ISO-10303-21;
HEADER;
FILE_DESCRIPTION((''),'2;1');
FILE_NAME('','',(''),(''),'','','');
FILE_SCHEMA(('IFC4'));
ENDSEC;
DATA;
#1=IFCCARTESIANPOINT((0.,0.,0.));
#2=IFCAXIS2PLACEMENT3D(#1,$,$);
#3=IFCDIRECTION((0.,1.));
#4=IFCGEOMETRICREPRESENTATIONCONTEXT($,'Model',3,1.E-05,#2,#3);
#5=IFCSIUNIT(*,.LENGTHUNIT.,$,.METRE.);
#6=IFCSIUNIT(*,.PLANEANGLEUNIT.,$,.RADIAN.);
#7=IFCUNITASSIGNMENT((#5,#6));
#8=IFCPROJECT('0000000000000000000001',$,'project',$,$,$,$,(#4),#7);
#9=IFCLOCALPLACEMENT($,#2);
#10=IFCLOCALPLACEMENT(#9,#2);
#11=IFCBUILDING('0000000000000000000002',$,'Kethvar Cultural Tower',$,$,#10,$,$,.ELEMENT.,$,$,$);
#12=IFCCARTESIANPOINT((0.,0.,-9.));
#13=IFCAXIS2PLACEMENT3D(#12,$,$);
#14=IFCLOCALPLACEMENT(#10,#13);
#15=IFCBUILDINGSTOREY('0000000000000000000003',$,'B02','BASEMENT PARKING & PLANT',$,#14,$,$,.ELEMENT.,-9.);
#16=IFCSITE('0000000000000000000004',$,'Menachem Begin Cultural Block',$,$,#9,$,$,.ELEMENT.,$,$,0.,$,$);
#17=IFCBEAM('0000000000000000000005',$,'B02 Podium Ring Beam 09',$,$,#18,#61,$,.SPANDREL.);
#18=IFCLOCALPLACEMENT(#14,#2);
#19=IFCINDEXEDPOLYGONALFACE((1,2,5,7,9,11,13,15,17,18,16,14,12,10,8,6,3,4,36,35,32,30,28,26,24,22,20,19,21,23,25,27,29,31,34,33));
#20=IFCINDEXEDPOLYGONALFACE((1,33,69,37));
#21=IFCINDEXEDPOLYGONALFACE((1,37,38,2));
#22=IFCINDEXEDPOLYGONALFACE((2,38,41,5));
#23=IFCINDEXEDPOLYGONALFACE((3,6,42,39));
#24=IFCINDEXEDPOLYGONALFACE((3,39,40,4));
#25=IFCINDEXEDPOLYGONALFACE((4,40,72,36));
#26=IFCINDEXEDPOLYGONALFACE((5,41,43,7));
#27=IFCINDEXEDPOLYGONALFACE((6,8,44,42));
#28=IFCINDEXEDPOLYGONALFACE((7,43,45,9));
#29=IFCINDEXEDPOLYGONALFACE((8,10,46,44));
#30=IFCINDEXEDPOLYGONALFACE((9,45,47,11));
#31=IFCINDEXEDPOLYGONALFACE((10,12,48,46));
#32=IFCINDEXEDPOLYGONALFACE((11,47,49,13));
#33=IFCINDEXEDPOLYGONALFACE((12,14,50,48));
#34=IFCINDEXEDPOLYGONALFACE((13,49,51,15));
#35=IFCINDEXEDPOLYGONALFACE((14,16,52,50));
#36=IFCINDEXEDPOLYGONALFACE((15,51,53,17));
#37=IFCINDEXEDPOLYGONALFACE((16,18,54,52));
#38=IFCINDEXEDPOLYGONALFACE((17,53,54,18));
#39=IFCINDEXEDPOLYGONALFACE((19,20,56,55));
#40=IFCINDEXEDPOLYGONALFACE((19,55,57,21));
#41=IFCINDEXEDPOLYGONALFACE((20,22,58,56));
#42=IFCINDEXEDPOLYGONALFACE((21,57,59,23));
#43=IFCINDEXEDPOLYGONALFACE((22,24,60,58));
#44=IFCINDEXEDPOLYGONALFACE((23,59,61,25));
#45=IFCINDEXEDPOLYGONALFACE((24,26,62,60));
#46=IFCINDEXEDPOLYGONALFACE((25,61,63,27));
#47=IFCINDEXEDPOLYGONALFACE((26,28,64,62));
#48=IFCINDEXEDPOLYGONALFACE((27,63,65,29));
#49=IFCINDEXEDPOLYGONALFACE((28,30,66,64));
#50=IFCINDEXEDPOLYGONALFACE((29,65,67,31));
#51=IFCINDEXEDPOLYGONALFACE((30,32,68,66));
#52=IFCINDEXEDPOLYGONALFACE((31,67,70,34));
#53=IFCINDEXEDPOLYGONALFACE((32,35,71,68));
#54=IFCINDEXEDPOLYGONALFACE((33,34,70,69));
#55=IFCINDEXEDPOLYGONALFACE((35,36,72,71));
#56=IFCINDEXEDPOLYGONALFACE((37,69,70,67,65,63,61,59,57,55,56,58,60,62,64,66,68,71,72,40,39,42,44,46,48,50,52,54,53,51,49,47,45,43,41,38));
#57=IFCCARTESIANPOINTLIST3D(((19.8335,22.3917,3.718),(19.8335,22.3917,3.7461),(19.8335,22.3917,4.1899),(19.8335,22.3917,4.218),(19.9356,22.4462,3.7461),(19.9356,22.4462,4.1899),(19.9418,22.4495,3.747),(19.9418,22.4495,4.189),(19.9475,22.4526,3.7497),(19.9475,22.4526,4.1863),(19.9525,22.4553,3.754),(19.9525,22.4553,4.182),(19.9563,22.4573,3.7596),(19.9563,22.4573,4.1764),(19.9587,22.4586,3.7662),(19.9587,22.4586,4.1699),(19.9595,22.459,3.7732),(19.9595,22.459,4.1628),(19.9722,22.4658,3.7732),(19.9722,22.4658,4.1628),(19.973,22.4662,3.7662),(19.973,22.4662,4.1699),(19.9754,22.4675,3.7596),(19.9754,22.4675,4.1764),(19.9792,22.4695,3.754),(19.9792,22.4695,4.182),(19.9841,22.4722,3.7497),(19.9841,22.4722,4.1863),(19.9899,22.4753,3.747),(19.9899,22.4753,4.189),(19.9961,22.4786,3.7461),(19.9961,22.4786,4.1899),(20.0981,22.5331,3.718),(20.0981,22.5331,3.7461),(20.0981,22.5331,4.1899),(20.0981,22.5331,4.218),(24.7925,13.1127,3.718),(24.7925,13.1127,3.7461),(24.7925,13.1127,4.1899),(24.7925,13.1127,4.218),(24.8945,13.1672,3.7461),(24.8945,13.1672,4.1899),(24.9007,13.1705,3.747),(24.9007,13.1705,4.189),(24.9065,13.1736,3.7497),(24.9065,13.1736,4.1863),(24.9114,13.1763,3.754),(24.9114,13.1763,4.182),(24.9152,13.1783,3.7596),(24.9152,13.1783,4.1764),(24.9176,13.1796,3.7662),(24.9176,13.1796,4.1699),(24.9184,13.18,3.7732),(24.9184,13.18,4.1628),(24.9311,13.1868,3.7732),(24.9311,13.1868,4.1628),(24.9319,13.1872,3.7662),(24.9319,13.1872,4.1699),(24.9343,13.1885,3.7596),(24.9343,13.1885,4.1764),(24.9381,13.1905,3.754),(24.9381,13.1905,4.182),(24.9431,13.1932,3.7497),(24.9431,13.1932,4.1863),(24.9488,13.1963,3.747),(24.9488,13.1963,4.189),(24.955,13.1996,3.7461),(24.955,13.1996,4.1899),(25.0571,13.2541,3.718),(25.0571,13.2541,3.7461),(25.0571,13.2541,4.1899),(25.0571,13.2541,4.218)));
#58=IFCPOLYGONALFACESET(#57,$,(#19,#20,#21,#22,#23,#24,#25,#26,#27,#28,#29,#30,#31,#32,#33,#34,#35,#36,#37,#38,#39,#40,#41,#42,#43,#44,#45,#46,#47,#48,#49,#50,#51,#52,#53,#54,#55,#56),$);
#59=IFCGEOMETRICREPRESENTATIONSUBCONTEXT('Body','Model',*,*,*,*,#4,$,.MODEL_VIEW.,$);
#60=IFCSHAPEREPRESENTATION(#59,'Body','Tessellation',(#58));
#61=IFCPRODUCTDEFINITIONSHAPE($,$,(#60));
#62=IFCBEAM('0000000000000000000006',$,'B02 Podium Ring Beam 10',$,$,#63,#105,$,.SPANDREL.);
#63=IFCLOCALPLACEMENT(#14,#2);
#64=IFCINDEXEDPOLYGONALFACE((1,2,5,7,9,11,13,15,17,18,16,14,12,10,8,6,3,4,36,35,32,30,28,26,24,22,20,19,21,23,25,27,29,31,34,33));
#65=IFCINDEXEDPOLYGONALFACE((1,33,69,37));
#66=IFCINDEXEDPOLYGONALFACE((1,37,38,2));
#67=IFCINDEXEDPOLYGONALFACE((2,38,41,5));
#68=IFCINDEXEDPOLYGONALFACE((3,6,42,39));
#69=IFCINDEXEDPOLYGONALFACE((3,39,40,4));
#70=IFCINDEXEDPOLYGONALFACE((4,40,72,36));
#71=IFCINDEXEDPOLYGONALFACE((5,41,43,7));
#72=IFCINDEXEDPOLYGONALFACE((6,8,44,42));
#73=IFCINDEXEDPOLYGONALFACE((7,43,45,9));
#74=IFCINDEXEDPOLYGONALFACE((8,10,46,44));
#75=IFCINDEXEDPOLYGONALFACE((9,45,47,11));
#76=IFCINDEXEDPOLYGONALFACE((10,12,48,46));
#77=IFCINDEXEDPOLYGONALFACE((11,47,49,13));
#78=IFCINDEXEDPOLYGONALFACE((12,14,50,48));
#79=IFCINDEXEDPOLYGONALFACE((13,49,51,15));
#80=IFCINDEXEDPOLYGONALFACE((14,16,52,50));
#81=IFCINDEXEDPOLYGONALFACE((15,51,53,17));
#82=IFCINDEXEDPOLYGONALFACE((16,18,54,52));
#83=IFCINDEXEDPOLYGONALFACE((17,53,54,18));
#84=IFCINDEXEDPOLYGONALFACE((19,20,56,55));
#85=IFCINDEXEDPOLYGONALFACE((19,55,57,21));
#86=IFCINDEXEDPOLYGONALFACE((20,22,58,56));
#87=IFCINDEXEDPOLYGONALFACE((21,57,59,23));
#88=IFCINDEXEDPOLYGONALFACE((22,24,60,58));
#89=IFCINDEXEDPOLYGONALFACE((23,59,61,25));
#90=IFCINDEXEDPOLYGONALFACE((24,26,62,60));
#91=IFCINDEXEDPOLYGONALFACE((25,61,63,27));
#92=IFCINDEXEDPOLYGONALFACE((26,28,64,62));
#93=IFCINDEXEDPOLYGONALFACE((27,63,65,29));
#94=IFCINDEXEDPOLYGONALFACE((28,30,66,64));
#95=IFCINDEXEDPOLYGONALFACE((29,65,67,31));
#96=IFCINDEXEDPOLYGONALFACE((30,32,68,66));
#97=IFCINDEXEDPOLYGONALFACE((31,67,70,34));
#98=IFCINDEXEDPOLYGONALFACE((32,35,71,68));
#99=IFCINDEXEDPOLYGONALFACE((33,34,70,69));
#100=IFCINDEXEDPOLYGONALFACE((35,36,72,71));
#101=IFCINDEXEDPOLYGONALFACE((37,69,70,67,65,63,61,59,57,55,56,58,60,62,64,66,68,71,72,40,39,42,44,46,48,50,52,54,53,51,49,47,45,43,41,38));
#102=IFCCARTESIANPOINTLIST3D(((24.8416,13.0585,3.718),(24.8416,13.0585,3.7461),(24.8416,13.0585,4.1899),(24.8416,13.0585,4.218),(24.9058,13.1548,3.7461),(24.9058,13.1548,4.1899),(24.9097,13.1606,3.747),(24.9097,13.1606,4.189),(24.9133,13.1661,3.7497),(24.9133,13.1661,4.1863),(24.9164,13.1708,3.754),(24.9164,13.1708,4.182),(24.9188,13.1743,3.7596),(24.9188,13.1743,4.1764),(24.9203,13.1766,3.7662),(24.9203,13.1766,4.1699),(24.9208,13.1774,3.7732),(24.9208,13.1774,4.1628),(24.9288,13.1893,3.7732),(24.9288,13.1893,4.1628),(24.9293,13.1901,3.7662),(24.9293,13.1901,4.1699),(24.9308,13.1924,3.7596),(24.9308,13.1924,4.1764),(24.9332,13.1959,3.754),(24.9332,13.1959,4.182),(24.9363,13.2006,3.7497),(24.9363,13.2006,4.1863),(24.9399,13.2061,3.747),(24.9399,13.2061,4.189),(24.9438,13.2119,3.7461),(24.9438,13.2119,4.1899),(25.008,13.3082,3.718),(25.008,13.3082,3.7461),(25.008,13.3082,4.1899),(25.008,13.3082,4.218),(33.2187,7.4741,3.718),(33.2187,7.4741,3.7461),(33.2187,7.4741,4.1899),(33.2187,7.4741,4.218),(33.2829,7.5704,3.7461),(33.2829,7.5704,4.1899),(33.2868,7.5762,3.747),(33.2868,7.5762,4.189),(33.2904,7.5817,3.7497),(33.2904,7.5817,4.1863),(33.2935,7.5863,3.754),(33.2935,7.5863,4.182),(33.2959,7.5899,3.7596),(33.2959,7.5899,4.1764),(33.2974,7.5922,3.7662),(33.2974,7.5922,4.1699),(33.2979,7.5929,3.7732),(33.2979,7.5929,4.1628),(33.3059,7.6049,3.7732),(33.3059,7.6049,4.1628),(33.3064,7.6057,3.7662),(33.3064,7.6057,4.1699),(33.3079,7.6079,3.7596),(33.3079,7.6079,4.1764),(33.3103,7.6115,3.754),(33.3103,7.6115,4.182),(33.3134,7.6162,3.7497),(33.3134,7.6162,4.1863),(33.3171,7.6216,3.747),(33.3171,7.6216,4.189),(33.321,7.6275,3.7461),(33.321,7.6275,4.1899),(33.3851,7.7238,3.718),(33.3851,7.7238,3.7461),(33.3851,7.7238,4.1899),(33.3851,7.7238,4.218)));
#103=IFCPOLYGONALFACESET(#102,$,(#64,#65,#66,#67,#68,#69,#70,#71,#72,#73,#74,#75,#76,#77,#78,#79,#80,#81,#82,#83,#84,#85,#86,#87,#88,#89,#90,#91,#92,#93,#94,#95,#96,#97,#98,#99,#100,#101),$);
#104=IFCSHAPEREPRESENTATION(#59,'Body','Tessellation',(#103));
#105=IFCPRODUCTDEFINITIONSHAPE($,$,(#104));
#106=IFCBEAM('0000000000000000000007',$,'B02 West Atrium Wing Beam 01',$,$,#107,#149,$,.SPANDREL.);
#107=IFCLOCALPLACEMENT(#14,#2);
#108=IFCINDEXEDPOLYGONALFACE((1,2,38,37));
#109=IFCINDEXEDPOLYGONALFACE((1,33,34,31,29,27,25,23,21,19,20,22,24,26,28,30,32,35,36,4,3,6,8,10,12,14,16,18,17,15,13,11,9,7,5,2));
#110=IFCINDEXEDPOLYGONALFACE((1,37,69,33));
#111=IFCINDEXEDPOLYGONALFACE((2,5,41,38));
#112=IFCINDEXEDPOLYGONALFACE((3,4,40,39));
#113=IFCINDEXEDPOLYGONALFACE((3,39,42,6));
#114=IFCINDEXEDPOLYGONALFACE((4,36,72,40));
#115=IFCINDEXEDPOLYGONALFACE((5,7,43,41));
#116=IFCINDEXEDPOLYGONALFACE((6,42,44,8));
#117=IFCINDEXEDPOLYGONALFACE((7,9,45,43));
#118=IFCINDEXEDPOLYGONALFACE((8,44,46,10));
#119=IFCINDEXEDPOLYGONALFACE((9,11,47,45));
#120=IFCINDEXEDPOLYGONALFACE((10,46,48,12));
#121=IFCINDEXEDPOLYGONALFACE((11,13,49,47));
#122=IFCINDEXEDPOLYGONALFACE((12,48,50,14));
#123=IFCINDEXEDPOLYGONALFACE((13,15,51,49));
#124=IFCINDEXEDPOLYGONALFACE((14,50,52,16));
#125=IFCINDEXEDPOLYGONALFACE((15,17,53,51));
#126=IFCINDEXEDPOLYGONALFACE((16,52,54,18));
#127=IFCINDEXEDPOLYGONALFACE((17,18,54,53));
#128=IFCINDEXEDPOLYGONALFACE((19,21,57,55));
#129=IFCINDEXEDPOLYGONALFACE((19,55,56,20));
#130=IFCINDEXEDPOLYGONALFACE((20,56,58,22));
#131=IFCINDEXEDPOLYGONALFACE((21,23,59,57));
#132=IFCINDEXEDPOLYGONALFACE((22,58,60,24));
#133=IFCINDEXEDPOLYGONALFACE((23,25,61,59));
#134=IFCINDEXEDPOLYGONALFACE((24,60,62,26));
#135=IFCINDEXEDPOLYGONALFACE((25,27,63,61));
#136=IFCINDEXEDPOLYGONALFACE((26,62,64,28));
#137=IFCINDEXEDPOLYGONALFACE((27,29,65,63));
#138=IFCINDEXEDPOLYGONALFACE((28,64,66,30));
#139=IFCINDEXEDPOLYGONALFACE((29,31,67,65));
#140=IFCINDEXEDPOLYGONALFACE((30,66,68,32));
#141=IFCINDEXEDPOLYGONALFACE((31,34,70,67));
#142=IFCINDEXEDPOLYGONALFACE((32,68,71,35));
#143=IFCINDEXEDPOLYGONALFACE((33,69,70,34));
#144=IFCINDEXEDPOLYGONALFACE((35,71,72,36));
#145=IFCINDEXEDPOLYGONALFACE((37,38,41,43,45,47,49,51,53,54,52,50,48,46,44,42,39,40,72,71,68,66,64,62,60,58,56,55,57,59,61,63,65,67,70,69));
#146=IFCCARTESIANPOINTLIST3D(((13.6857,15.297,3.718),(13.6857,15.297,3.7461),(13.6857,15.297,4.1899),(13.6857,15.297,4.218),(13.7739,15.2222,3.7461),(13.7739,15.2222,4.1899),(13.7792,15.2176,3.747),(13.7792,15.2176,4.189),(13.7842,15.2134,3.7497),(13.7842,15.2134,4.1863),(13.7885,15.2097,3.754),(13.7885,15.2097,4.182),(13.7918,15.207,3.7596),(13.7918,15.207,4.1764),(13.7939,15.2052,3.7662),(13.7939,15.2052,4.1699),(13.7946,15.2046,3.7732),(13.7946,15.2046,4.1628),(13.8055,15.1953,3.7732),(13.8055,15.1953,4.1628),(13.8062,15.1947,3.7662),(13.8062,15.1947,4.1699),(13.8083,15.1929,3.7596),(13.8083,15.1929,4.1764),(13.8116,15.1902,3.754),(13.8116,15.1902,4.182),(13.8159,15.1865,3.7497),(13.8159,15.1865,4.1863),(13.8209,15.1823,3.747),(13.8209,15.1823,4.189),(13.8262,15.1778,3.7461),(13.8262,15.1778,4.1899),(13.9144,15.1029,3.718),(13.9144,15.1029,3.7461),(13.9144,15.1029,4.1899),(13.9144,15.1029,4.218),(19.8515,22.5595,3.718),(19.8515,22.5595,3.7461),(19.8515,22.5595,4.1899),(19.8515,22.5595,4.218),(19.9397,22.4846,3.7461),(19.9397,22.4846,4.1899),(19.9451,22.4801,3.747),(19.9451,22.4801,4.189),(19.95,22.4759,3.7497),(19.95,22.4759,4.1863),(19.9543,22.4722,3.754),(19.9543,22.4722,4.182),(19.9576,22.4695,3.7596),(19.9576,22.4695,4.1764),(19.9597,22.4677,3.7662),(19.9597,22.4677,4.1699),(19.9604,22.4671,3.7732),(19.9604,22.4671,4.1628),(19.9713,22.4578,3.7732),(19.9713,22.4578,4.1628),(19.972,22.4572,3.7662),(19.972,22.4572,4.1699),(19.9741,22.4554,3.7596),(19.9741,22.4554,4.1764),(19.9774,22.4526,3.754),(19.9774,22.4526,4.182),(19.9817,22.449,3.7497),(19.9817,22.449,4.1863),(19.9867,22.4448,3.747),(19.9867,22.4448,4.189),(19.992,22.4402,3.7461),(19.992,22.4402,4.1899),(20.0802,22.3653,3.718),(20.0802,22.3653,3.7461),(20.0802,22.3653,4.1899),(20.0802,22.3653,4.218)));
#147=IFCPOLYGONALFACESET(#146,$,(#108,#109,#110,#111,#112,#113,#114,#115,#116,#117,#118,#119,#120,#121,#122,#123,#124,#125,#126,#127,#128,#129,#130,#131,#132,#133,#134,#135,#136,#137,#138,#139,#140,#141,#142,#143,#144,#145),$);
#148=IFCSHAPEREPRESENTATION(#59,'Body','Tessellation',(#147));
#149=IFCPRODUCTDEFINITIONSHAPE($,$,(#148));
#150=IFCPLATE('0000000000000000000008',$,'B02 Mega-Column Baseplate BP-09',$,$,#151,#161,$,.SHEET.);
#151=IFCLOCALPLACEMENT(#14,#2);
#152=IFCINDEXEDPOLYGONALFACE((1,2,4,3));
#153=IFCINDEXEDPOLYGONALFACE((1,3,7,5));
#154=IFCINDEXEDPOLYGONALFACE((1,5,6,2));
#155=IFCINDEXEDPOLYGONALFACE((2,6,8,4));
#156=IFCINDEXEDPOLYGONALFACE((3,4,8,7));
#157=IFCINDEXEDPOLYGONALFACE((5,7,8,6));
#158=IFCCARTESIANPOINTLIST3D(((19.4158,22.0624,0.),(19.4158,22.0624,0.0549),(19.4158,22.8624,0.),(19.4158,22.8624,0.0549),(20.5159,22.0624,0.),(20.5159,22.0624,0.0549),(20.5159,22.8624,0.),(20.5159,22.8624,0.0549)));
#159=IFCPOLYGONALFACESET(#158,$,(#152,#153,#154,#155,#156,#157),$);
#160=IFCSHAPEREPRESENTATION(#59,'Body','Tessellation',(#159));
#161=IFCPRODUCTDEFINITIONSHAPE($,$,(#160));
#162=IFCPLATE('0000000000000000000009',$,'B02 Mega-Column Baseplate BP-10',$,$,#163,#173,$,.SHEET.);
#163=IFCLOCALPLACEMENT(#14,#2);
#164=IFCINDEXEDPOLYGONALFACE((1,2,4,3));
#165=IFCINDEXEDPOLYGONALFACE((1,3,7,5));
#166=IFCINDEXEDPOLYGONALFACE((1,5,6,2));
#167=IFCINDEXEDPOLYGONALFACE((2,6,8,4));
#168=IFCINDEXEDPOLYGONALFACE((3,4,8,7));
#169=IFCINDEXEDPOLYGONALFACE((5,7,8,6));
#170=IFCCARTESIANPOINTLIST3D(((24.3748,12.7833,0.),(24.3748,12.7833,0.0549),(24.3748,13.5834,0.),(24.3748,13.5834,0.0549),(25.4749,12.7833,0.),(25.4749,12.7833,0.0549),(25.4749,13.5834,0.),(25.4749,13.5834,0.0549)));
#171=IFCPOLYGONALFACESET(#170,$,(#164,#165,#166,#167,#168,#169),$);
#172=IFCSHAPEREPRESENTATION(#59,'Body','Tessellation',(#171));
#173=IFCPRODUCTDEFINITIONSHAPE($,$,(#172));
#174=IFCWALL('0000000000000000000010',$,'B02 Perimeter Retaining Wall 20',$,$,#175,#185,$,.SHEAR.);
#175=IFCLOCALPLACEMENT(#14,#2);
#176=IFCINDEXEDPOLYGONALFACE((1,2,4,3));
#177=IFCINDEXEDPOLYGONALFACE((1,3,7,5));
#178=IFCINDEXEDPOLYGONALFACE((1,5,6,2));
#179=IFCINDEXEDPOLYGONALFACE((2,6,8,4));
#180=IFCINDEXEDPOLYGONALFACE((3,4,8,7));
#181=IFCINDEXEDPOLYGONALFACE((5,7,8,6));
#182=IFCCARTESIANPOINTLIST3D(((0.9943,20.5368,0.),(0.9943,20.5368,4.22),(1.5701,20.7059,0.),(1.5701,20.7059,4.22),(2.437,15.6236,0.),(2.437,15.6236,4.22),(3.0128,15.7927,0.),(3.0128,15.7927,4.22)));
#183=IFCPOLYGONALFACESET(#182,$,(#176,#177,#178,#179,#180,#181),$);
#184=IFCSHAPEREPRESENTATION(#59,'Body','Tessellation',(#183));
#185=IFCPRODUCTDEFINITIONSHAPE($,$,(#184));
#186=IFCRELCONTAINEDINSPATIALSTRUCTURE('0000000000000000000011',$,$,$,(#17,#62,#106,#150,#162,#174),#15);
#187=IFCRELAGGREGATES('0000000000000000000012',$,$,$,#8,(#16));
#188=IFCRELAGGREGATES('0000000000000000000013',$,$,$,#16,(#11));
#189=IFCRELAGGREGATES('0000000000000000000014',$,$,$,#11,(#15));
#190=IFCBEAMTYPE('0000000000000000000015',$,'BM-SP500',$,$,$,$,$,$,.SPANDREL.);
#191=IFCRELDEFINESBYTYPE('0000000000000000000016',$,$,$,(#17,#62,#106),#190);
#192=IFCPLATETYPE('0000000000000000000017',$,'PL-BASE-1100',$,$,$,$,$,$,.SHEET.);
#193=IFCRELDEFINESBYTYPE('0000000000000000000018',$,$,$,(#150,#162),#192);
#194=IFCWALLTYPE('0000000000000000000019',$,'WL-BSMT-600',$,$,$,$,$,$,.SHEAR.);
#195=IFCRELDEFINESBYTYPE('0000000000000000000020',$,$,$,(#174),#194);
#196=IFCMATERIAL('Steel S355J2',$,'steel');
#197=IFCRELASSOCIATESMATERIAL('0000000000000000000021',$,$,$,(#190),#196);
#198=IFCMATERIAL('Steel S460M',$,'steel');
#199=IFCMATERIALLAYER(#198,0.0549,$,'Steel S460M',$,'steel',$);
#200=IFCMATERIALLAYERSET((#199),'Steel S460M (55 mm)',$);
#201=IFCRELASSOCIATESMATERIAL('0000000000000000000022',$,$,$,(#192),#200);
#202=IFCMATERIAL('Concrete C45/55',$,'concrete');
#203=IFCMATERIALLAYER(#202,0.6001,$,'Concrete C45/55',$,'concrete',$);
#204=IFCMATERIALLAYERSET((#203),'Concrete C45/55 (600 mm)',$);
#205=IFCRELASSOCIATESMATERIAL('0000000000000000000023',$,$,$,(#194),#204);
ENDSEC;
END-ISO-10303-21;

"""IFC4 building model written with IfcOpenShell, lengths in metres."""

from ifc_helpers import new_model, si_unit, direction, frame, frame_2d, origin, origin_2d, place, context, subcontext, project, spatial, rectangle, i_section, extrude, source, transform, mapped, material, layer, layer_set, material_profile, profile_set, type_object, element, save


model = new_model("IFC4")

# Units and contexts
model_context = context("Model", 3, precision=1e-05, world=origin(), true_north=direction((0.0, 1.0)))
body_context = subcontext(model_context, "Body", "Model", "MODEL_VIEW")
ifc_project = project(units=[si_unit("LENGTHUNIT", "METRE"), si_unit("PLANEANGLEUNIT", "RADIAN")], contexts=[model_context])

# Site, building, storey
site_placement = place(None, origin())
site = spatial("IfcSite", under=ifc_project, at=site_placement, Name="Menachem Begin Cultural Block", CompositionType="ELEMENT", RefElevation=0.0)
building_placement = place(site_placement, origin())
building = spatial("IfcBuilding", under=site, at=building_placement, Name="Kethvar Cultural Tower", CompositionType="ELEMENT")
storey_placement = place(building_placement, frame((0.0, 0.0, -9.0)))
storey = spatial("IfcBuildingStorey", under=building, at=storey_placement, Name="B02", Description="BASEMENT PARKING & PLANT", CompositionType="ELEMENT", Elevation=-9.0)

# Shared definitions
ifc_material_1 = material(Name="Concrete C45/55", Category="concrete")

# Shared definitions
ifc_material_2 = material(Name="Steel S460M", Category="steel")
ifc_material_3 = material(Name="Steel S355J2", Category="steel")

# Beams
ifc_material_profile_1 = material_profile(ifc_material_3, i_section(OverallWidth=0.3, OverallDepth=0.5, WebThickness=0.0144, FlangeThickness=0.0281, FilletRadius=0.0271, at=origin_2d()), Name="Steel S355J2 — HEB500")
ifc_profile_set_1 = profile_set([ifc_material_profile_1], Name="Steel S355J2 — HEB500")
beam_type = type_object("IfcBeamType", Name="BM-SP500", PredefinedType="SPANDREL", material=ifc_profile_set_1)
shared_shape_1 = source(origin(), body_context, "Body", "SweptSolid", [
    extrude(i_section(OverallWidth=0.3, OverallDepth=0.5, WebThickness=0.0144, FlangeThickness=0.0281, FilletRadius=0.0271, at=origin_2d()), origin(), (0.0, 0.0, 1.0), 10.521),
])
beam_1_placement = place(storey_placement, frame((19.9658, 22.4624, 3.968), z_axis=(0.47134, -0.881952, 0.0), x_axis=(0.881952, 0.47134, 0.0)))
element("IfcBeam", 1, at=beam_1_placement, inside=storey, type_object=beam_type, Name="B02 Podium Ring Beam 09", PredefinedType="SPANDREL", context=body_context, shape_type="MappedRepresentation", body=[
    mapped(shared_shape_1, transform((0.0, 0.0, 0.0), scale=1.0)),
])
shared_shape_2 = source(origin(), body_context, "Body", "SweptSolid", [
    extrude(i_section(OverallWidth=0.3, OverallDepth=0.5, WebThickness=0.0144, FlangeThickness=0.0281, FilletRadius=0.0271, at=origin_2d()), origin(), (0.0, 0.0, 1.0), 10.0679),
])
beam_2_placement = place(storey_placement, frame((24.9248, 13.1833, 3.968), z_axis=(0.832065, -0.554678, 0.0), x_axis=(0.554678, 0.832065, 0.0)))
element("IfcBeam", 2, at=beam_2_placement, inside=storey, type_object=beam_type, Name="B02 Podium Ring Beam 10", PredefinedType="SPANDREL", context=body_context, shape_type="MappedRepresentation", body=[
    mapped(shared_shape_2, transform((0.0, 0.0, 0.0), scale=1.0)),
])
shared_shape_3 = source(origin(), body_context, "Body", "SweptSolid", [
    extrude(i_section(OverallWidth=0.3, OverallDepth=0.5, WebThickness=0.0144, FlangeThickness=0.0281, FilletRadius=0.0271, at=origin_2d()), origin(), (0.0, 0.0, 1.0), 9.5269),
])
beam_3_placement = place(storey_placement, frame((13.8, 15.2, 3.968), z_axis=(0.647203, 0.762318, 0.0), x_axis=(-0.762318, 0.647203, 0.0)))
element("IfcBeam", 3, at=beam_3_placement, inside=storey, type_object=beam_type, Name="B02 West Atrium Wing Beam 01", PredefinedType="SPANDREL", context=body_context, shape_type="MappedRepresentation", body=[
    mapped(shared_shape_3, transform((0.0, 0.0, 0.0), scale=1.0)),
])

# Plates
ifc_layer_1 = layer(ifc_material_2, 0.0549, Name="Steel S460M", Category="steel")
ifc_layer_set_1 = layer_set([ifc_layer_1], Name="Steel S460M (55 mm)")
plate_type = type_object("IfcPlateType", Name="PL-BASE-1100", PredefinedType="SHEET", material=ifc_layer_set_1)
shared_shape_4 = source(origin(), body_context, "Body", "SweptSolid", [
    extrude(rectangle(XDim=1.1001, YDim=0.8, at=origin_2d()), origin(), (0.0, 0.0, 1.0), 0.0549),
])
for number, where, z_axis, x_axis, name in (
    (4, (19.9658, 22.4624, 0.0), (0.0, 0.0, 1.0), (1.0, 0.0, 0.0), "B02 Mega-Column Baseplate BP-09"),
    (5, (24.9248, 13.1833, 0.0), (0.0, 0.0, 1.0), (1.0, 0.0, 0.0), "B02 Mega-Column Baseplate BP-10"),
):
    element("IfcPlate", number, at=place(storey_placement, frame(where, z_axis=z_axis, x_axis=x_axis)), inside=storey, type_object=plate_type, Name=name, PredefinedType="SHEET", context=body_context, shape_type="MappedRepresentation", body=[
        mapped(shared_shape_4, transform((0.0, 0.0, 0.0), scale=1.0)),
    ])

# Wall
ifc_layer_2 = layer(ifc_material_1, 0.6001, Name="Concrete C45/55", Category="concrete")
ifc_layer_set_2 = layer_set([ifc_layer_2], Name="Concrete C45/55 (600 mm)")
wall_type_1 = type_object("IfcWallType", Name="WL-BSMT-600", PredefinedType="SHEAR", material=ifc_layer_set_2)
wall_1_placement = place(storey_placement, frame((1.2822, 20.6213, 0.0), z_axis=(0.0, 0.0, 1.0), x_axis=(0.281735, -0.959492, 0.0)))
element("IfcWall", 6, at=wall_1_placement, inside=storey, type_object=wall_type_1, Name="B02 Perimeter Retaining Wall 20", PredefinedType="SHEAR", context=body_context, shape_type="SweptSolid", body=[
    extrude(rectangle(XDim=5.1206, YDim=0.6001, at=frame_2d((2.5603, 0.0))), origin(), (0.0, 0.0, 1.0), 4.22),
])

save(model, "model.ifc")
